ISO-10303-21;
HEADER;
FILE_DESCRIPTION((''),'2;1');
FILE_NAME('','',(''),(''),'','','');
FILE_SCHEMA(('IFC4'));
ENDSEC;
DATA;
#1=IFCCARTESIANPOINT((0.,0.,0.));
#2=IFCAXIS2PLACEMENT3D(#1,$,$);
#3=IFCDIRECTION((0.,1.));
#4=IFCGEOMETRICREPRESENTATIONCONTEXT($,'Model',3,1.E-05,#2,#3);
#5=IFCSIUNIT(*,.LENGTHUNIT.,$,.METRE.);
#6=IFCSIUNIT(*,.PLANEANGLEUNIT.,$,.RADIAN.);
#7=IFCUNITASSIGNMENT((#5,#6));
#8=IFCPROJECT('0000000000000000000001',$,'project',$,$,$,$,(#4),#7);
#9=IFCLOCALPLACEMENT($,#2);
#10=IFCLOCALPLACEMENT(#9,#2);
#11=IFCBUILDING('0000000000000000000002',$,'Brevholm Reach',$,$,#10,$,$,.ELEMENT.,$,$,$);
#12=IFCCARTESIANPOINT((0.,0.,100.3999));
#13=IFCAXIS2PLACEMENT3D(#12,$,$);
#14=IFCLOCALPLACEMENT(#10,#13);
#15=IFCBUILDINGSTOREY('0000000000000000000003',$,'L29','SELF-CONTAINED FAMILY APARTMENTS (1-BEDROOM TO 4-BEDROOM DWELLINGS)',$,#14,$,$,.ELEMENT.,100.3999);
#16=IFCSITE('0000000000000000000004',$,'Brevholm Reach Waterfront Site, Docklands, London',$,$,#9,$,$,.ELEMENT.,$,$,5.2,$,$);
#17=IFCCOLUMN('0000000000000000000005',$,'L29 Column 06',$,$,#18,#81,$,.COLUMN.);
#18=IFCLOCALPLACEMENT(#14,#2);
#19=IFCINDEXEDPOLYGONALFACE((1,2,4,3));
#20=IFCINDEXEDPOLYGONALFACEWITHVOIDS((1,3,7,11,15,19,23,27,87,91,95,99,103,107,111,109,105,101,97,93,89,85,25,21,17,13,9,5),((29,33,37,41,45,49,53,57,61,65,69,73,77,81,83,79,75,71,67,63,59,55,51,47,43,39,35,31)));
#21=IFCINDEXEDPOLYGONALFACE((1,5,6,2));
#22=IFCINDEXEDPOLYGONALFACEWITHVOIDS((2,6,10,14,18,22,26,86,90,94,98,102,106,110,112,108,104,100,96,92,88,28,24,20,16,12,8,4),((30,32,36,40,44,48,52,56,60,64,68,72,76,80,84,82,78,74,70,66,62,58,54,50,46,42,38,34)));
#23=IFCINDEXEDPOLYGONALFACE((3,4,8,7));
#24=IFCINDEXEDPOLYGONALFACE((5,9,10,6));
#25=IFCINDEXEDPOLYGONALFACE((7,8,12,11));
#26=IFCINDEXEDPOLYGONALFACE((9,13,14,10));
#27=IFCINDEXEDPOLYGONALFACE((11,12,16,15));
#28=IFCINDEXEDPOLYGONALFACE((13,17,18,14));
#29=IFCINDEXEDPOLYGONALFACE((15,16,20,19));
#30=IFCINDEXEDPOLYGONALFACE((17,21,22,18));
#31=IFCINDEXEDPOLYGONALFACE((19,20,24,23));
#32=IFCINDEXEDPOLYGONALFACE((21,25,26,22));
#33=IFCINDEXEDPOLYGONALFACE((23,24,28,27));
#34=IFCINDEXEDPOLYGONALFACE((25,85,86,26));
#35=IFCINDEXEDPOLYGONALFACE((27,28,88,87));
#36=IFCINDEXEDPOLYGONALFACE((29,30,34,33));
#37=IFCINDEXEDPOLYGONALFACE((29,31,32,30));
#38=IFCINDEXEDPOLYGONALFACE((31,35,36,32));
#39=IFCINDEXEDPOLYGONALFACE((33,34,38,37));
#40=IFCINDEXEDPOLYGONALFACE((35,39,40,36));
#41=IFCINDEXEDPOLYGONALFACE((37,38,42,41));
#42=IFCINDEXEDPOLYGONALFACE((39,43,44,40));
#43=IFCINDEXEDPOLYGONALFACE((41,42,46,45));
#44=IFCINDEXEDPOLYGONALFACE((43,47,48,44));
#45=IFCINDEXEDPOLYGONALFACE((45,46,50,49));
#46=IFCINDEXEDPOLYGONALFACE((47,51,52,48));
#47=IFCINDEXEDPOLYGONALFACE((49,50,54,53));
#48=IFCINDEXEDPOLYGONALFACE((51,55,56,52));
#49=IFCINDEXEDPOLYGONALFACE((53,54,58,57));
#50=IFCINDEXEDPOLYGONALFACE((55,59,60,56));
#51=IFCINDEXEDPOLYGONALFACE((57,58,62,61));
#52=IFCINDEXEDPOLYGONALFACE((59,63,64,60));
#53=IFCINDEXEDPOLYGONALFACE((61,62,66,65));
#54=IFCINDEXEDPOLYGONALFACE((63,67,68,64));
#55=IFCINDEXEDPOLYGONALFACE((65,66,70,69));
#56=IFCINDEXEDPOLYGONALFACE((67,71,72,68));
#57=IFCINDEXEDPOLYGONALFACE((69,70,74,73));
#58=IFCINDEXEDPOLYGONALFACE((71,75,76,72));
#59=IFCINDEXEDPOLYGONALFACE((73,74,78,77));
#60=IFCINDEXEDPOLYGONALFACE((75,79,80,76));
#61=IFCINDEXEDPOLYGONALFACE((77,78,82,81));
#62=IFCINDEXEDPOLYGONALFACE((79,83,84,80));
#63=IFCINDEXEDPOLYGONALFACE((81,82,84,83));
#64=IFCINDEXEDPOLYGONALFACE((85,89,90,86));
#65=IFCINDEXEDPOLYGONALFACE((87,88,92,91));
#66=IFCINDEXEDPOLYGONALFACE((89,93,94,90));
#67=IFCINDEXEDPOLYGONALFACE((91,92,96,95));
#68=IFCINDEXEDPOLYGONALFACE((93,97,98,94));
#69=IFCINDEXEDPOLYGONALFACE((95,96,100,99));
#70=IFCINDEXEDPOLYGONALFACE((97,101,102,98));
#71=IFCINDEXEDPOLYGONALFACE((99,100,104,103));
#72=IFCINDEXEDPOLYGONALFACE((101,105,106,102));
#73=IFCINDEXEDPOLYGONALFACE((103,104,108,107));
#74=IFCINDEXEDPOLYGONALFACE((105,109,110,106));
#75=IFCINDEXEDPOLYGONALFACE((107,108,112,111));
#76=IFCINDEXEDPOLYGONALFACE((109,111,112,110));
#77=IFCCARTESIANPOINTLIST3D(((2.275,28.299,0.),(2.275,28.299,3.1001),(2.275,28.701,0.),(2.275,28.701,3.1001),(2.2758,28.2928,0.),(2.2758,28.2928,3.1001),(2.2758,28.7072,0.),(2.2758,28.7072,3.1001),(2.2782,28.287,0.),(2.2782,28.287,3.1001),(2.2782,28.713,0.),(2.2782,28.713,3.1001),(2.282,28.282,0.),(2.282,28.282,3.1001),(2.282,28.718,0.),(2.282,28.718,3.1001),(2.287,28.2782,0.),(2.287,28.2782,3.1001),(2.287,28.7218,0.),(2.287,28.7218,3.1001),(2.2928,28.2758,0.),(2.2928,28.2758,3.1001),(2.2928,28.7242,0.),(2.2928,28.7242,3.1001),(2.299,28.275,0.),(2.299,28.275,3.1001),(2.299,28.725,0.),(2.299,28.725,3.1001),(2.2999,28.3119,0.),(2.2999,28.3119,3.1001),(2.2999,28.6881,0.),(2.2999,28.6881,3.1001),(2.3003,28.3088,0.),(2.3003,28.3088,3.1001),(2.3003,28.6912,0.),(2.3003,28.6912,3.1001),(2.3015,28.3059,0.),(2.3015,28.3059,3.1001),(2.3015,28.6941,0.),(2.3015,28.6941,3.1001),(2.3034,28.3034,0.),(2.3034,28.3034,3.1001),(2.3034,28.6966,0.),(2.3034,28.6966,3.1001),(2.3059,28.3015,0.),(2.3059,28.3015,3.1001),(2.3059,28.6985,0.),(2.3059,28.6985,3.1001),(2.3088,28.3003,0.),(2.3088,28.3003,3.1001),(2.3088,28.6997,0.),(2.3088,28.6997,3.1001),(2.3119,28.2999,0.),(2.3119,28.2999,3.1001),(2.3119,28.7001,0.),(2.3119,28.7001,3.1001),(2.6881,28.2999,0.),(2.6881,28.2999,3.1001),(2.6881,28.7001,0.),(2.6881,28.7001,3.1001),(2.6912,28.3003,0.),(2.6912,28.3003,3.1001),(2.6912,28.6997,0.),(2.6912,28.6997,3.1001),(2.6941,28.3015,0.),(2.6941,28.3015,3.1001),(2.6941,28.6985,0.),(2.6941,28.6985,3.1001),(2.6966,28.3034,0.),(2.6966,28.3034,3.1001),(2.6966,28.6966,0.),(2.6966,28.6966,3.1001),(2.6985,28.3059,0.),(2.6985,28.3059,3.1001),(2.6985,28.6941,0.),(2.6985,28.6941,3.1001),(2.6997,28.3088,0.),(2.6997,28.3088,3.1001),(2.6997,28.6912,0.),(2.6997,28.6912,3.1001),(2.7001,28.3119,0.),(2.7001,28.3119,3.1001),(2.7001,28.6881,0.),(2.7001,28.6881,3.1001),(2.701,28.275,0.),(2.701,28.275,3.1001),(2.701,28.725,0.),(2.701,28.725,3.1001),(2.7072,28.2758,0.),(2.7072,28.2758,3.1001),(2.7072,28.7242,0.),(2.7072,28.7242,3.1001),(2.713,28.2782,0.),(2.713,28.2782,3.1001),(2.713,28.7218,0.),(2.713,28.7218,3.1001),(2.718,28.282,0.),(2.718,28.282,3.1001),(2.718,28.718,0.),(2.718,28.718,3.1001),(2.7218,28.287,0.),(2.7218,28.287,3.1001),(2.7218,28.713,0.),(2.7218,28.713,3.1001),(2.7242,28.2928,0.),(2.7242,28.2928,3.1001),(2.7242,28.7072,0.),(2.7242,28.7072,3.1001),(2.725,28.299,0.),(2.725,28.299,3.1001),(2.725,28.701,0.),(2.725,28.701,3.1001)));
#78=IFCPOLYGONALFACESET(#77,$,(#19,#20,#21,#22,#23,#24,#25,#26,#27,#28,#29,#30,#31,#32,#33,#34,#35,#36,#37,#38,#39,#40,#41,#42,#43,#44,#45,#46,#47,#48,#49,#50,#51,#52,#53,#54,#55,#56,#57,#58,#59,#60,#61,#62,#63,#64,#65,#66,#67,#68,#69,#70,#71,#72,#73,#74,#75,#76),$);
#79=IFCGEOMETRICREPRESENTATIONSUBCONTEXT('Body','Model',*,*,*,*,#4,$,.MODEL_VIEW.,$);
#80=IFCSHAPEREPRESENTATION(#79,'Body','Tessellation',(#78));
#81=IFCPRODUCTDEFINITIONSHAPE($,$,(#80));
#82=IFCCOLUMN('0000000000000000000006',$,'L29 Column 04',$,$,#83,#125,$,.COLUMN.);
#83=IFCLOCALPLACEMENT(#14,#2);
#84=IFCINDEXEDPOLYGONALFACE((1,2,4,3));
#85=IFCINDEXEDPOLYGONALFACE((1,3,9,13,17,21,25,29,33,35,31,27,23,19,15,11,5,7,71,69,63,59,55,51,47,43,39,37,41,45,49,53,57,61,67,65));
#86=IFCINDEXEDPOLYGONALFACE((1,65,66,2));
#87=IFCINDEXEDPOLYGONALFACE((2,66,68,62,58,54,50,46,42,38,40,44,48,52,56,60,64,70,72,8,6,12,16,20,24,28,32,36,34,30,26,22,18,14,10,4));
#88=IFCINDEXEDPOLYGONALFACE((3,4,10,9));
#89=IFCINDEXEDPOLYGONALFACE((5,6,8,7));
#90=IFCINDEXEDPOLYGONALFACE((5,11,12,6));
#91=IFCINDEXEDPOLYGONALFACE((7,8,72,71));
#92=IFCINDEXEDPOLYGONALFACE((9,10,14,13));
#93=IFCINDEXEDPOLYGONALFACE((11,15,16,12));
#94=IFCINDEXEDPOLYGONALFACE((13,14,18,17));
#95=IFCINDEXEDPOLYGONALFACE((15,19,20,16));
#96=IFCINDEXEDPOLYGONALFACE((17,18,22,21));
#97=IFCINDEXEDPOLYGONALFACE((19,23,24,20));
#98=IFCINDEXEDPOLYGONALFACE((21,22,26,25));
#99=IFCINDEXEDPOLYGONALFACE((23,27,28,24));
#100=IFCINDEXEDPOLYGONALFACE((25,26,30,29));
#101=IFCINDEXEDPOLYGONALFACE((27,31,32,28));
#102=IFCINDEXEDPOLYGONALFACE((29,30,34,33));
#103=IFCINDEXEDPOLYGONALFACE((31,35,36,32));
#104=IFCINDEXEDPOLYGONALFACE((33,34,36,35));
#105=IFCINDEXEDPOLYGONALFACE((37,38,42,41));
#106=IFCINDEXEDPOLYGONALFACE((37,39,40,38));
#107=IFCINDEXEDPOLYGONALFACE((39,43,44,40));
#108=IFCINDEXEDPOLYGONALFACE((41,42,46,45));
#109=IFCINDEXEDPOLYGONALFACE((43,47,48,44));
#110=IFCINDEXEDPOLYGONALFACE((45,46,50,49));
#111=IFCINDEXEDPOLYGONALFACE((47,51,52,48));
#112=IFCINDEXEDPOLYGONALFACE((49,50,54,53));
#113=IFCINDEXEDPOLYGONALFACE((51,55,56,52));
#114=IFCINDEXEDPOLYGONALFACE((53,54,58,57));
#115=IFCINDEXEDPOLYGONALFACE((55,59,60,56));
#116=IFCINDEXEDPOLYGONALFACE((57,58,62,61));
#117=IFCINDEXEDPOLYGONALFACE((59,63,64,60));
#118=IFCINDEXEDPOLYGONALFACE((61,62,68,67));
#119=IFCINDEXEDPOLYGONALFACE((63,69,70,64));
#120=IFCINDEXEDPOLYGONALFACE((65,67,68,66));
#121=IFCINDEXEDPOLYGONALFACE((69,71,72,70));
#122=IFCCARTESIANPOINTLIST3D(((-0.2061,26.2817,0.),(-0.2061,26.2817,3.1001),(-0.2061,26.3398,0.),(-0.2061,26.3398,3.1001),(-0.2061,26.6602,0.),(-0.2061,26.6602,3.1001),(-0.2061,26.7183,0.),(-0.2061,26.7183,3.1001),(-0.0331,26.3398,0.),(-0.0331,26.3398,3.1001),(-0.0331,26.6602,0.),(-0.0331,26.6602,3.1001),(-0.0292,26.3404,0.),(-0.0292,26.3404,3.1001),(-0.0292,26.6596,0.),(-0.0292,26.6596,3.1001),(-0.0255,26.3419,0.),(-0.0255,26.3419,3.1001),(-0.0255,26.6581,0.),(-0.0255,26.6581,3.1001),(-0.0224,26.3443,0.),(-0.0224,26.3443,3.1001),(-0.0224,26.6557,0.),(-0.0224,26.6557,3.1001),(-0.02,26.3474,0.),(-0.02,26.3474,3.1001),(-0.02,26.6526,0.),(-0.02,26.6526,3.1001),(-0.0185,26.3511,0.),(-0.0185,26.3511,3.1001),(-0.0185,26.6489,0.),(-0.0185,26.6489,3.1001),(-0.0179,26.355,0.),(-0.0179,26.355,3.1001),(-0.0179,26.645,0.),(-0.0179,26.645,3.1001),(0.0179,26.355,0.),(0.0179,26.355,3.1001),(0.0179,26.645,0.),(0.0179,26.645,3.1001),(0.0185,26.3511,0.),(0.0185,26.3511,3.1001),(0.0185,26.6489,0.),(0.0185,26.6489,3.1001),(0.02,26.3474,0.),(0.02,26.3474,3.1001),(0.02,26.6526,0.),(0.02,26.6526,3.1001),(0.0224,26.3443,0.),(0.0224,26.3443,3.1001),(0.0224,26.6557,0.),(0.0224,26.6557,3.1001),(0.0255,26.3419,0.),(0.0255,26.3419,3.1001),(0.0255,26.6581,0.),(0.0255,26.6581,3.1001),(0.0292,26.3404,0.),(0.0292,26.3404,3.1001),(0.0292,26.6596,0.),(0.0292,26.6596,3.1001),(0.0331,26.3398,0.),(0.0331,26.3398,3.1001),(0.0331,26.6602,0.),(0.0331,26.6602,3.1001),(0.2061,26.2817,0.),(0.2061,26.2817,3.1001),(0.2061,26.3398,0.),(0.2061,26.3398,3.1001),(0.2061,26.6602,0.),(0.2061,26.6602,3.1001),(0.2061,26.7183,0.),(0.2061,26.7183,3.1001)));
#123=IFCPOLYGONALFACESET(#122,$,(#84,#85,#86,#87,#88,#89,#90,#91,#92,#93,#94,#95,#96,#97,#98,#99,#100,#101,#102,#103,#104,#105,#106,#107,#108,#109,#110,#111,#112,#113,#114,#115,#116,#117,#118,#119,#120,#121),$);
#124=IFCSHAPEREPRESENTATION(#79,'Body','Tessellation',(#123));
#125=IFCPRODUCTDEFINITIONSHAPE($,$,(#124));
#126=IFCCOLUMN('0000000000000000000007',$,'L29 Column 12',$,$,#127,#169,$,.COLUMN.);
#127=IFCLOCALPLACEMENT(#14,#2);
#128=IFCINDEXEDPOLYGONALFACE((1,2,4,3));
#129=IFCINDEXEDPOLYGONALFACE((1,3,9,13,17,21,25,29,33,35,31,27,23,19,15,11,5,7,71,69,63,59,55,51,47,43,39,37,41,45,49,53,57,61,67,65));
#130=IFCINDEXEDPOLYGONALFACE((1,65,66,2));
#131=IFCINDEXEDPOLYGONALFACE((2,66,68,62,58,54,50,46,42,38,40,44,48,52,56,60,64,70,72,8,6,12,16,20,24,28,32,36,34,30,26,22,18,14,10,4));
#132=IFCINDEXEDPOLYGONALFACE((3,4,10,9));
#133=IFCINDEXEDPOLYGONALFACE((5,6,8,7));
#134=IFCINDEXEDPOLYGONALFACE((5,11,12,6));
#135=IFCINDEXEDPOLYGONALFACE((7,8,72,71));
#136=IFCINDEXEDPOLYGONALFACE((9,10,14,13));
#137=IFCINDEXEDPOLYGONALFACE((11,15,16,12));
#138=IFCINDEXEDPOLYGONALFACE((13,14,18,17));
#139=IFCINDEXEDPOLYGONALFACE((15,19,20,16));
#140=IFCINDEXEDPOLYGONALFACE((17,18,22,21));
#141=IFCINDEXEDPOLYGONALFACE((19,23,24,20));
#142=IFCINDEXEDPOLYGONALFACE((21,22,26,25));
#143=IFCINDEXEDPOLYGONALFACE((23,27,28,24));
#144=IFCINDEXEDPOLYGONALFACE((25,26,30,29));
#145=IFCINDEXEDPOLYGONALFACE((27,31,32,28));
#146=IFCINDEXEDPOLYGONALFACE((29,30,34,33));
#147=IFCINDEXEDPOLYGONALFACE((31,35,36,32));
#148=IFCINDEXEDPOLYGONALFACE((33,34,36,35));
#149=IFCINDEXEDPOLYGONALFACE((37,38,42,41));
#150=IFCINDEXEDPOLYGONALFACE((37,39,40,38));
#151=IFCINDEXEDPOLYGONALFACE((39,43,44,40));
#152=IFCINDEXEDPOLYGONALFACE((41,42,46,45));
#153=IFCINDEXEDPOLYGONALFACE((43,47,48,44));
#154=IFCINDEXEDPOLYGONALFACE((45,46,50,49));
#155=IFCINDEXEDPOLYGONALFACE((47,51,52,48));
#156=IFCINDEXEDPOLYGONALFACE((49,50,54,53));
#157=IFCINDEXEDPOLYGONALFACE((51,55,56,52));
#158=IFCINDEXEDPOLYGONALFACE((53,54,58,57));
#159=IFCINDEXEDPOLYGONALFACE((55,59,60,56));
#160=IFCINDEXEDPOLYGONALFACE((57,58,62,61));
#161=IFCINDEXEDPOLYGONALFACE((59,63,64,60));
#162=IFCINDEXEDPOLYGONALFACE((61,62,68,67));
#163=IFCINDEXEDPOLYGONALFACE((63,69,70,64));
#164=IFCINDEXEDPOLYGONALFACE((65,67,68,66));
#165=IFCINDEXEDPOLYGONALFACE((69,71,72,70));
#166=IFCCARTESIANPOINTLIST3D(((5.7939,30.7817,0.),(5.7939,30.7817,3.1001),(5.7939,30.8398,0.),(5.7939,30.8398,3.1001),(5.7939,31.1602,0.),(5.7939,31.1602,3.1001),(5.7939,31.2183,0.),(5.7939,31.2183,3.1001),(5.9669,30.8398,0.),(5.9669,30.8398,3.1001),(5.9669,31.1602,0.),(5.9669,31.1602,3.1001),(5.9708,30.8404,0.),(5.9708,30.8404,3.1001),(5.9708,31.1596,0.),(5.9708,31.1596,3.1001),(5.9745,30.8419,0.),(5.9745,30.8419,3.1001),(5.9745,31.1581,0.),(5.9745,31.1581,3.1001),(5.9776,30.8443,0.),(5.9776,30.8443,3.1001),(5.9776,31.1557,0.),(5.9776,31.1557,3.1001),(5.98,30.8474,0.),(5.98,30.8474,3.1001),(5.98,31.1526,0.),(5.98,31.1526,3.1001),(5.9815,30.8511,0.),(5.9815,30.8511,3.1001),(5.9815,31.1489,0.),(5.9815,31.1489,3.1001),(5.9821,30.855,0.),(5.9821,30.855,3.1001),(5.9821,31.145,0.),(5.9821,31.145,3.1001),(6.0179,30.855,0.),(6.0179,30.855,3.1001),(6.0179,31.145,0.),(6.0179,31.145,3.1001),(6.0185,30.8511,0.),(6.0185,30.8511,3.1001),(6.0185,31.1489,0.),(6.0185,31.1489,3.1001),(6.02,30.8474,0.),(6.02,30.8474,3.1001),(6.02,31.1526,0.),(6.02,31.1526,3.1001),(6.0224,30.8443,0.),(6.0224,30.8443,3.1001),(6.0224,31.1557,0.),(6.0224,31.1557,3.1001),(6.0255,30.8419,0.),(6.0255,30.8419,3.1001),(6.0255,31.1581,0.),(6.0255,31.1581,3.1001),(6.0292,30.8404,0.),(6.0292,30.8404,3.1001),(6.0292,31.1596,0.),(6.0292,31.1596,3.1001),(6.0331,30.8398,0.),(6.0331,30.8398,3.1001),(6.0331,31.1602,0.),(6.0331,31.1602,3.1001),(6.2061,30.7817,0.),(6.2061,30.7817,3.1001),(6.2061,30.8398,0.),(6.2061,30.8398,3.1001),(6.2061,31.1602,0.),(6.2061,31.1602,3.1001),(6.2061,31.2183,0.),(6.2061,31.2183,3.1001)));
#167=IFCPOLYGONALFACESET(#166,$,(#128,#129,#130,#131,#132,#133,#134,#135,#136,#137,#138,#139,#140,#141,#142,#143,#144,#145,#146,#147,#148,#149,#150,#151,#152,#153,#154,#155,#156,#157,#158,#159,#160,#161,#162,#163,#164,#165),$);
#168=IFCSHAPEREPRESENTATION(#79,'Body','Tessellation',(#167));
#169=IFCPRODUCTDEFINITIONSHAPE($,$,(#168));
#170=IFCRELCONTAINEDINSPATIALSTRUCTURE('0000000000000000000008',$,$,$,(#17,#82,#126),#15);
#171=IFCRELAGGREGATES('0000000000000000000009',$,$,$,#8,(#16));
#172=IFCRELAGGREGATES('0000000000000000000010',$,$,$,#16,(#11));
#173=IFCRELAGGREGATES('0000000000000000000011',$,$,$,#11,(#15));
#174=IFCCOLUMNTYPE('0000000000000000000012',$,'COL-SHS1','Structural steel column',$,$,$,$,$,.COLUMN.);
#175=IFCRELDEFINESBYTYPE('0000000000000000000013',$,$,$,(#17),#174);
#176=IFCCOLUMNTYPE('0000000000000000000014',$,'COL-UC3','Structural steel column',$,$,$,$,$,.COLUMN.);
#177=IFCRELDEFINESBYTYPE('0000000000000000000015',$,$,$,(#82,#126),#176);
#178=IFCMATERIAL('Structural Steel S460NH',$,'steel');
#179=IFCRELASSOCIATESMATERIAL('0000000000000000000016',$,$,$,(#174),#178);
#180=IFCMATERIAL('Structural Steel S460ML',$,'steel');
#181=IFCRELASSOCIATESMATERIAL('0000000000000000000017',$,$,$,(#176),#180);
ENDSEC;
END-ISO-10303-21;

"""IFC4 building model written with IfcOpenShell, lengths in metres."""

from ifc_helpers import new_model, si_unit, direction, frame, origin, origin_2d, place, context, subcontext, project, spatial, hollow_rectangle, i_section, extrude, material, material_profile, profile_set, type_object, element, save


model = new_model("IFC4")

# Units and contexts
model_context = context("Model", 3, precision=1e-05, world=origin(), true_north=direction((0.0, 1.0)))
body_context = subcontext(model_context, "Body", "Model", "MODEL_VIEW")
ifc_project = project(units=[si_unit("LENGTHUNIT", "METRE"), si_unit("PLANEANGLEUNIT", "RADIAN")], contexts=[model_context])

# Site, building, storey
site_placement = place(None, origin())
site = spatial("IfcSite", under=ifc_project, at=site_placement, Name="Brevholm Reach Waterfront Site, Docklands, London", CompositionType="ELEMENT", RefElevation=5.2)
building_placement = place(site_placement, origin())
building = spatial("IfcBuilding", under=site, at=building_placement, Name="Brevholm Reach", CompositionType="ELEMENT")
storey_placement = place(building_placement, frame((0.0, 0.0, 100.3999)))
storey = spatial("IfcBuildingStorey", under=building, at=storey_placement, Name="L29", Description="SELF-CONTAINED FAMILY APARTMENTS (1-BEDROOM TO 4-BEDROOM DWELLINGS)", CompositionType="ELEMENT", Elevation=100.3999)

# Columns
ifc_material_1 = material(Name="Structural Steel S460NH", Category="steel")
ifc_material_profile_1 = material_profile(ifc_material_1, hollow_rectangle(XDim=0.45, YDim=0.45, WallThickness=0.0249, InnerFilletRadius=0.012, OuterFilletRadius=0.0239, at=origin_2d()), Name="SHS 450x450x25")
ifc_profile_set_1 = profile_set([ifc_material_profile_1], Name="Structural Steel S460NH")
column_type_1 = type_object("IfcColumnType", Name="COL-SHS1", Description="Structural steel column", PredefinedType="COLUMN", material=ifc_profile_set_1)
column_1_placement = place(storey_placement, frame((2.5, 28.5, 0.0), z_axis=(0.0, 0.0, 1.0), x_axis=(1.0, 0.0, 0.0)))
element("IfcColumn", 1, at=column_1_placement, inside=storey, type_object=column_type_1, Name="L29 Column 06", PredefinedType="COLUMN", context=body_context, shape_type="SweptSolid", body=[
    extrude(hollow_rectangle(XDim=0.45, YDim=0.45, WallThickness=0.0249, InnerFilletRadius=0.012, OuterFilletRadius=0.0239, at=origin_2d()), origin(), (0.0, 0.0, 1.0), 3.1001),
])
ifc_material_2 = material(Name="Structural Steel S460ML", Category="steel")
ifc_material_profile_2 = material_profile(ifc_material_2, i_section(OverallWidth=0.4121, OverallDepth=0.4365, WebThickness=0.0359, FlangeThickness=0.0581, FilletRadius=0.0151, at=origin_2d()), Name="UKC 356x406x467")
ifc_profile_set_2 = profile_set([ifc_material_profile_2], Name="Structural Steel S460ML")
column_type_2 = type_object("IfcColumnType", Name="COL-UC3", Description="Structural steel column", PredefinedType="COLUMN", material=ifc_profile_set_2)
for number, where, z_axis, x_axis, name in (
    (2, (0.0, 26.5, 0.0), (0.0, 0.0, 1.0), (1.0, 0.0, 0.0), "L29 Column 04"),
    (3, (6.0, 31.0, 0.0), (0.0, 0.0, 1.0), (1.0, 0.0, 0.0), "L29 Column 12"),
):
    element("IfcColumn", number, at=place(storey_placement, frame(where, z_axis=z_axis, x_axis=x_axis)), inside=storey, type_object=column_type_2, Name=name, PredefinedType="COLUMN", context=body_context, shape_type="SweptSolid", body=[
        extrude(i_section(OverallWidth=0.4121, OverallDepth=0.4365, WebThickness=0.0359, FlangeThickness=0.0581, FilletRadius=0.0151, at=origin_2d()), origin(), (0.0, 0.0, 1.0), 3.1001),
    ])

save(model, "model.ifc")
